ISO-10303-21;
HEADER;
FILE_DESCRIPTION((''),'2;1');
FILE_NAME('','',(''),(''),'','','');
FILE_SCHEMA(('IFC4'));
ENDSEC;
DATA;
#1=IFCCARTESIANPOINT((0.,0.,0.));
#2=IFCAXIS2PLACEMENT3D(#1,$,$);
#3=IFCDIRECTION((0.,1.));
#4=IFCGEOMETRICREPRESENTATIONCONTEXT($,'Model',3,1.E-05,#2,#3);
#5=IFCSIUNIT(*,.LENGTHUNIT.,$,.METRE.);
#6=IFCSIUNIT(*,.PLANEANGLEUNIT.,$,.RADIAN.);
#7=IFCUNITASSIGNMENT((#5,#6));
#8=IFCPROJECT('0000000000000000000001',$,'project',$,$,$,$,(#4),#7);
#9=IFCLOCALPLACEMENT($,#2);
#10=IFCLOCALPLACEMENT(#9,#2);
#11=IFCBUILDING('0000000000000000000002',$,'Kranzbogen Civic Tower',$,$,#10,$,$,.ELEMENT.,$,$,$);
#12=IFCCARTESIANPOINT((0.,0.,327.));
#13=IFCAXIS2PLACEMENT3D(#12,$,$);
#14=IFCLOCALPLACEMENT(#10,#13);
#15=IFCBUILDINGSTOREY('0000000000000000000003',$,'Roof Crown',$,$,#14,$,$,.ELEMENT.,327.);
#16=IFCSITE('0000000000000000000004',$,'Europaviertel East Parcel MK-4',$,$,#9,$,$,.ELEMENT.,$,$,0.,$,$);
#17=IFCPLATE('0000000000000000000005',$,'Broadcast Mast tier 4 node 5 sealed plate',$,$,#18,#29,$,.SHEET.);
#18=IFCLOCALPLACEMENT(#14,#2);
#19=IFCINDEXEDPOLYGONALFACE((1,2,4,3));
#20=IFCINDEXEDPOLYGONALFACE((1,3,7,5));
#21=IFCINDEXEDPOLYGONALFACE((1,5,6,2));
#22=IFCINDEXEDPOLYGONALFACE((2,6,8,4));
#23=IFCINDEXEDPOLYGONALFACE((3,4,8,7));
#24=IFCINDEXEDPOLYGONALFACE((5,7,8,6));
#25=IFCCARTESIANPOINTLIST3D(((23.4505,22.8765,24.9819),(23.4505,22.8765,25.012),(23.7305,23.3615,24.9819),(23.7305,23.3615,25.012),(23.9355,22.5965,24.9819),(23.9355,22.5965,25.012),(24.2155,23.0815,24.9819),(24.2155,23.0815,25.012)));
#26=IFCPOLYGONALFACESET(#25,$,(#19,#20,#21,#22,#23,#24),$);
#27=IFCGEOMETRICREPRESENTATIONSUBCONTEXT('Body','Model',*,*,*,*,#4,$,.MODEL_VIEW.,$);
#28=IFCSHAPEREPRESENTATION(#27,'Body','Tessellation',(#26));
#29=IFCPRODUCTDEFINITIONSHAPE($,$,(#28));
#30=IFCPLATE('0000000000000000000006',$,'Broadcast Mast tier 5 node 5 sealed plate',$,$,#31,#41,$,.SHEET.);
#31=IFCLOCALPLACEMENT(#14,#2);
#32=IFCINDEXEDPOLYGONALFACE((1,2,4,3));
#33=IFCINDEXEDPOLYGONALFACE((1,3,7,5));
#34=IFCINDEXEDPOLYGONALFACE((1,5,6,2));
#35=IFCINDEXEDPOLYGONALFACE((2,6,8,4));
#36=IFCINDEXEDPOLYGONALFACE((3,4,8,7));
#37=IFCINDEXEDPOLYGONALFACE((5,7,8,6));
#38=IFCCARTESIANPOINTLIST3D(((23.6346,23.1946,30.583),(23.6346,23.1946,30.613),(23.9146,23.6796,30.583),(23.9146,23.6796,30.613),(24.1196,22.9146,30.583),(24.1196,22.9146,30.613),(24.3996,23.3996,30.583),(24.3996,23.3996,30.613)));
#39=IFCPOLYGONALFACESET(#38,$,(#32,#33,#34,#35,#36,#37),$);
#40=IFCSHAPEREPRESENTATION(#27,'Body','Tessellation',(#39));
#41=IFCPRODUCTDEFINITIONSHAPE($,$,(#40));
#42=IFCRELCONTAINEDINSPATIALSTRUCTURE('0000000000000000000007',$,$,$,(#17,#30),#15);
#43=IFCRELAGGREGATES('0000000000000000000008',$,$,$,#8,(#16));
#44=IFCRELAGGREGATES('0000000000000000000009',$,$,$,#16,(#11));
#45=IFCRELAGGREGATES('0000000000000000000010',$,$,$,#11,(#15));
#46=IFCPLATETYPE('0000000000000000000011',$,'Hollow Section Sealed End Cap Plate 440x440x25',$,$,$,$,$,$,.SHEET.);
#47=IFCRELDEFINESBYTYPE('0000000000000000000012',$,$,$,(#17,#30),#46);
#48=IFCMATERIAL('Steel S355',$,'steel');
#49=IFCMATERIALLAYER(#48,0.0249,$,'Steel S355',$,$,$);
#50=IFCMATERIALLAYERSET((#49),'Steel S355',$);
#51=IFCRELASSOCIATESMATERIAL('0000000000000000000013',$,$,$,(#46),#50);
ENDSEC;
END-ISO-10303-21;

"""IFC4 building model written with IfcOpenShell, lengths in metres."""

from ifc_helpers import new_model, si_unit, direction, frame, origin, origin_2d, place, context, subcontext, project, spatial, rectangle, extrude, material, layer, layer_set, type_object, element, save


model = new_model("IFC4")

# Units and contexts
model_context = context("Model", 3, precision=1e-05, world=origin(), true_north=direction((0.0, 1.0)))
body_context = subcontext(model_context, "Body", "Model", "MODEL_VIEW")
ifc_project = project(units=[si_unit("LENGTHUNIT", "METRE"), si_unit("PLANEANGLEUNIT", "RADIAN")], contexts=[model_context])

# Site, building, storey
site_placement = place(None, origin())
site = spatial("IfcSite", under=ifc_project, at=site_placement, Name="Europaviertel East Parcel MK-4", CompositionType="ELEMENT", RefElevation=0.0)
building_placement = place(site_placement, origin())
building = spatial("IfcBuilding", under=site, at=building_placement, Name="Kranzbogen Civic Tower", CompositionType="ELEMENT")
storey_placement = place(building_placement, frame((0.0, 0.0, 327.0)))
storey = spatial("IfcBuildingStorey", under=building, at=storey_placement, Name="Roof Crown", CompositionType="ELEMENT", Elevation=327.0)

# Shared definitions
ifc_material = material(Name="Steel S355", Category="steel")

# Plates
ifc_layer = layer(ifc_material, 0.0249, Name="Steel S355")
ifc_layer_set = layer_set([ifc_layer], Name="Steel S355")
plate_type = type_object("IfcPlateType", Name="Hollow Section Sealed End Cap Plate 440x440x25", PredefinedType="SHEET", material=ifc_layer_set)
for number, where, z_axis, x_axis, name in (
    (1, (23.833, 22.979, 24.9819), (0.0, 0.0, 1.0), (-0.5, -0.866025, 0.0), "Broadcast Mast tier 4 node 5 sealed plate"),
    (2, (24.0171, 23.2971, 30.583), (0.0, 0.0, 1.0), (-0.5, -0.866025, 0.0), "Broadcast Mast tier 5 node 5 sealed plate"),
):
    element("IfcPlate", number, at=place(storey_placement, frame(where, z_axis=z_axis, x_axis=x_axis)), inside=storey, type_object=plate_type, Name=name, PredefinedType="SHEET", context=body_context, shape_type="SweptSolid", body=[
        extrude(rectangle(XDim=0.5601, YDim=0.5601, at=origin_2d()), origin(), (0.0, 0.0, 1.0), 0.03),
    ])

save(model, "model.ifc")
